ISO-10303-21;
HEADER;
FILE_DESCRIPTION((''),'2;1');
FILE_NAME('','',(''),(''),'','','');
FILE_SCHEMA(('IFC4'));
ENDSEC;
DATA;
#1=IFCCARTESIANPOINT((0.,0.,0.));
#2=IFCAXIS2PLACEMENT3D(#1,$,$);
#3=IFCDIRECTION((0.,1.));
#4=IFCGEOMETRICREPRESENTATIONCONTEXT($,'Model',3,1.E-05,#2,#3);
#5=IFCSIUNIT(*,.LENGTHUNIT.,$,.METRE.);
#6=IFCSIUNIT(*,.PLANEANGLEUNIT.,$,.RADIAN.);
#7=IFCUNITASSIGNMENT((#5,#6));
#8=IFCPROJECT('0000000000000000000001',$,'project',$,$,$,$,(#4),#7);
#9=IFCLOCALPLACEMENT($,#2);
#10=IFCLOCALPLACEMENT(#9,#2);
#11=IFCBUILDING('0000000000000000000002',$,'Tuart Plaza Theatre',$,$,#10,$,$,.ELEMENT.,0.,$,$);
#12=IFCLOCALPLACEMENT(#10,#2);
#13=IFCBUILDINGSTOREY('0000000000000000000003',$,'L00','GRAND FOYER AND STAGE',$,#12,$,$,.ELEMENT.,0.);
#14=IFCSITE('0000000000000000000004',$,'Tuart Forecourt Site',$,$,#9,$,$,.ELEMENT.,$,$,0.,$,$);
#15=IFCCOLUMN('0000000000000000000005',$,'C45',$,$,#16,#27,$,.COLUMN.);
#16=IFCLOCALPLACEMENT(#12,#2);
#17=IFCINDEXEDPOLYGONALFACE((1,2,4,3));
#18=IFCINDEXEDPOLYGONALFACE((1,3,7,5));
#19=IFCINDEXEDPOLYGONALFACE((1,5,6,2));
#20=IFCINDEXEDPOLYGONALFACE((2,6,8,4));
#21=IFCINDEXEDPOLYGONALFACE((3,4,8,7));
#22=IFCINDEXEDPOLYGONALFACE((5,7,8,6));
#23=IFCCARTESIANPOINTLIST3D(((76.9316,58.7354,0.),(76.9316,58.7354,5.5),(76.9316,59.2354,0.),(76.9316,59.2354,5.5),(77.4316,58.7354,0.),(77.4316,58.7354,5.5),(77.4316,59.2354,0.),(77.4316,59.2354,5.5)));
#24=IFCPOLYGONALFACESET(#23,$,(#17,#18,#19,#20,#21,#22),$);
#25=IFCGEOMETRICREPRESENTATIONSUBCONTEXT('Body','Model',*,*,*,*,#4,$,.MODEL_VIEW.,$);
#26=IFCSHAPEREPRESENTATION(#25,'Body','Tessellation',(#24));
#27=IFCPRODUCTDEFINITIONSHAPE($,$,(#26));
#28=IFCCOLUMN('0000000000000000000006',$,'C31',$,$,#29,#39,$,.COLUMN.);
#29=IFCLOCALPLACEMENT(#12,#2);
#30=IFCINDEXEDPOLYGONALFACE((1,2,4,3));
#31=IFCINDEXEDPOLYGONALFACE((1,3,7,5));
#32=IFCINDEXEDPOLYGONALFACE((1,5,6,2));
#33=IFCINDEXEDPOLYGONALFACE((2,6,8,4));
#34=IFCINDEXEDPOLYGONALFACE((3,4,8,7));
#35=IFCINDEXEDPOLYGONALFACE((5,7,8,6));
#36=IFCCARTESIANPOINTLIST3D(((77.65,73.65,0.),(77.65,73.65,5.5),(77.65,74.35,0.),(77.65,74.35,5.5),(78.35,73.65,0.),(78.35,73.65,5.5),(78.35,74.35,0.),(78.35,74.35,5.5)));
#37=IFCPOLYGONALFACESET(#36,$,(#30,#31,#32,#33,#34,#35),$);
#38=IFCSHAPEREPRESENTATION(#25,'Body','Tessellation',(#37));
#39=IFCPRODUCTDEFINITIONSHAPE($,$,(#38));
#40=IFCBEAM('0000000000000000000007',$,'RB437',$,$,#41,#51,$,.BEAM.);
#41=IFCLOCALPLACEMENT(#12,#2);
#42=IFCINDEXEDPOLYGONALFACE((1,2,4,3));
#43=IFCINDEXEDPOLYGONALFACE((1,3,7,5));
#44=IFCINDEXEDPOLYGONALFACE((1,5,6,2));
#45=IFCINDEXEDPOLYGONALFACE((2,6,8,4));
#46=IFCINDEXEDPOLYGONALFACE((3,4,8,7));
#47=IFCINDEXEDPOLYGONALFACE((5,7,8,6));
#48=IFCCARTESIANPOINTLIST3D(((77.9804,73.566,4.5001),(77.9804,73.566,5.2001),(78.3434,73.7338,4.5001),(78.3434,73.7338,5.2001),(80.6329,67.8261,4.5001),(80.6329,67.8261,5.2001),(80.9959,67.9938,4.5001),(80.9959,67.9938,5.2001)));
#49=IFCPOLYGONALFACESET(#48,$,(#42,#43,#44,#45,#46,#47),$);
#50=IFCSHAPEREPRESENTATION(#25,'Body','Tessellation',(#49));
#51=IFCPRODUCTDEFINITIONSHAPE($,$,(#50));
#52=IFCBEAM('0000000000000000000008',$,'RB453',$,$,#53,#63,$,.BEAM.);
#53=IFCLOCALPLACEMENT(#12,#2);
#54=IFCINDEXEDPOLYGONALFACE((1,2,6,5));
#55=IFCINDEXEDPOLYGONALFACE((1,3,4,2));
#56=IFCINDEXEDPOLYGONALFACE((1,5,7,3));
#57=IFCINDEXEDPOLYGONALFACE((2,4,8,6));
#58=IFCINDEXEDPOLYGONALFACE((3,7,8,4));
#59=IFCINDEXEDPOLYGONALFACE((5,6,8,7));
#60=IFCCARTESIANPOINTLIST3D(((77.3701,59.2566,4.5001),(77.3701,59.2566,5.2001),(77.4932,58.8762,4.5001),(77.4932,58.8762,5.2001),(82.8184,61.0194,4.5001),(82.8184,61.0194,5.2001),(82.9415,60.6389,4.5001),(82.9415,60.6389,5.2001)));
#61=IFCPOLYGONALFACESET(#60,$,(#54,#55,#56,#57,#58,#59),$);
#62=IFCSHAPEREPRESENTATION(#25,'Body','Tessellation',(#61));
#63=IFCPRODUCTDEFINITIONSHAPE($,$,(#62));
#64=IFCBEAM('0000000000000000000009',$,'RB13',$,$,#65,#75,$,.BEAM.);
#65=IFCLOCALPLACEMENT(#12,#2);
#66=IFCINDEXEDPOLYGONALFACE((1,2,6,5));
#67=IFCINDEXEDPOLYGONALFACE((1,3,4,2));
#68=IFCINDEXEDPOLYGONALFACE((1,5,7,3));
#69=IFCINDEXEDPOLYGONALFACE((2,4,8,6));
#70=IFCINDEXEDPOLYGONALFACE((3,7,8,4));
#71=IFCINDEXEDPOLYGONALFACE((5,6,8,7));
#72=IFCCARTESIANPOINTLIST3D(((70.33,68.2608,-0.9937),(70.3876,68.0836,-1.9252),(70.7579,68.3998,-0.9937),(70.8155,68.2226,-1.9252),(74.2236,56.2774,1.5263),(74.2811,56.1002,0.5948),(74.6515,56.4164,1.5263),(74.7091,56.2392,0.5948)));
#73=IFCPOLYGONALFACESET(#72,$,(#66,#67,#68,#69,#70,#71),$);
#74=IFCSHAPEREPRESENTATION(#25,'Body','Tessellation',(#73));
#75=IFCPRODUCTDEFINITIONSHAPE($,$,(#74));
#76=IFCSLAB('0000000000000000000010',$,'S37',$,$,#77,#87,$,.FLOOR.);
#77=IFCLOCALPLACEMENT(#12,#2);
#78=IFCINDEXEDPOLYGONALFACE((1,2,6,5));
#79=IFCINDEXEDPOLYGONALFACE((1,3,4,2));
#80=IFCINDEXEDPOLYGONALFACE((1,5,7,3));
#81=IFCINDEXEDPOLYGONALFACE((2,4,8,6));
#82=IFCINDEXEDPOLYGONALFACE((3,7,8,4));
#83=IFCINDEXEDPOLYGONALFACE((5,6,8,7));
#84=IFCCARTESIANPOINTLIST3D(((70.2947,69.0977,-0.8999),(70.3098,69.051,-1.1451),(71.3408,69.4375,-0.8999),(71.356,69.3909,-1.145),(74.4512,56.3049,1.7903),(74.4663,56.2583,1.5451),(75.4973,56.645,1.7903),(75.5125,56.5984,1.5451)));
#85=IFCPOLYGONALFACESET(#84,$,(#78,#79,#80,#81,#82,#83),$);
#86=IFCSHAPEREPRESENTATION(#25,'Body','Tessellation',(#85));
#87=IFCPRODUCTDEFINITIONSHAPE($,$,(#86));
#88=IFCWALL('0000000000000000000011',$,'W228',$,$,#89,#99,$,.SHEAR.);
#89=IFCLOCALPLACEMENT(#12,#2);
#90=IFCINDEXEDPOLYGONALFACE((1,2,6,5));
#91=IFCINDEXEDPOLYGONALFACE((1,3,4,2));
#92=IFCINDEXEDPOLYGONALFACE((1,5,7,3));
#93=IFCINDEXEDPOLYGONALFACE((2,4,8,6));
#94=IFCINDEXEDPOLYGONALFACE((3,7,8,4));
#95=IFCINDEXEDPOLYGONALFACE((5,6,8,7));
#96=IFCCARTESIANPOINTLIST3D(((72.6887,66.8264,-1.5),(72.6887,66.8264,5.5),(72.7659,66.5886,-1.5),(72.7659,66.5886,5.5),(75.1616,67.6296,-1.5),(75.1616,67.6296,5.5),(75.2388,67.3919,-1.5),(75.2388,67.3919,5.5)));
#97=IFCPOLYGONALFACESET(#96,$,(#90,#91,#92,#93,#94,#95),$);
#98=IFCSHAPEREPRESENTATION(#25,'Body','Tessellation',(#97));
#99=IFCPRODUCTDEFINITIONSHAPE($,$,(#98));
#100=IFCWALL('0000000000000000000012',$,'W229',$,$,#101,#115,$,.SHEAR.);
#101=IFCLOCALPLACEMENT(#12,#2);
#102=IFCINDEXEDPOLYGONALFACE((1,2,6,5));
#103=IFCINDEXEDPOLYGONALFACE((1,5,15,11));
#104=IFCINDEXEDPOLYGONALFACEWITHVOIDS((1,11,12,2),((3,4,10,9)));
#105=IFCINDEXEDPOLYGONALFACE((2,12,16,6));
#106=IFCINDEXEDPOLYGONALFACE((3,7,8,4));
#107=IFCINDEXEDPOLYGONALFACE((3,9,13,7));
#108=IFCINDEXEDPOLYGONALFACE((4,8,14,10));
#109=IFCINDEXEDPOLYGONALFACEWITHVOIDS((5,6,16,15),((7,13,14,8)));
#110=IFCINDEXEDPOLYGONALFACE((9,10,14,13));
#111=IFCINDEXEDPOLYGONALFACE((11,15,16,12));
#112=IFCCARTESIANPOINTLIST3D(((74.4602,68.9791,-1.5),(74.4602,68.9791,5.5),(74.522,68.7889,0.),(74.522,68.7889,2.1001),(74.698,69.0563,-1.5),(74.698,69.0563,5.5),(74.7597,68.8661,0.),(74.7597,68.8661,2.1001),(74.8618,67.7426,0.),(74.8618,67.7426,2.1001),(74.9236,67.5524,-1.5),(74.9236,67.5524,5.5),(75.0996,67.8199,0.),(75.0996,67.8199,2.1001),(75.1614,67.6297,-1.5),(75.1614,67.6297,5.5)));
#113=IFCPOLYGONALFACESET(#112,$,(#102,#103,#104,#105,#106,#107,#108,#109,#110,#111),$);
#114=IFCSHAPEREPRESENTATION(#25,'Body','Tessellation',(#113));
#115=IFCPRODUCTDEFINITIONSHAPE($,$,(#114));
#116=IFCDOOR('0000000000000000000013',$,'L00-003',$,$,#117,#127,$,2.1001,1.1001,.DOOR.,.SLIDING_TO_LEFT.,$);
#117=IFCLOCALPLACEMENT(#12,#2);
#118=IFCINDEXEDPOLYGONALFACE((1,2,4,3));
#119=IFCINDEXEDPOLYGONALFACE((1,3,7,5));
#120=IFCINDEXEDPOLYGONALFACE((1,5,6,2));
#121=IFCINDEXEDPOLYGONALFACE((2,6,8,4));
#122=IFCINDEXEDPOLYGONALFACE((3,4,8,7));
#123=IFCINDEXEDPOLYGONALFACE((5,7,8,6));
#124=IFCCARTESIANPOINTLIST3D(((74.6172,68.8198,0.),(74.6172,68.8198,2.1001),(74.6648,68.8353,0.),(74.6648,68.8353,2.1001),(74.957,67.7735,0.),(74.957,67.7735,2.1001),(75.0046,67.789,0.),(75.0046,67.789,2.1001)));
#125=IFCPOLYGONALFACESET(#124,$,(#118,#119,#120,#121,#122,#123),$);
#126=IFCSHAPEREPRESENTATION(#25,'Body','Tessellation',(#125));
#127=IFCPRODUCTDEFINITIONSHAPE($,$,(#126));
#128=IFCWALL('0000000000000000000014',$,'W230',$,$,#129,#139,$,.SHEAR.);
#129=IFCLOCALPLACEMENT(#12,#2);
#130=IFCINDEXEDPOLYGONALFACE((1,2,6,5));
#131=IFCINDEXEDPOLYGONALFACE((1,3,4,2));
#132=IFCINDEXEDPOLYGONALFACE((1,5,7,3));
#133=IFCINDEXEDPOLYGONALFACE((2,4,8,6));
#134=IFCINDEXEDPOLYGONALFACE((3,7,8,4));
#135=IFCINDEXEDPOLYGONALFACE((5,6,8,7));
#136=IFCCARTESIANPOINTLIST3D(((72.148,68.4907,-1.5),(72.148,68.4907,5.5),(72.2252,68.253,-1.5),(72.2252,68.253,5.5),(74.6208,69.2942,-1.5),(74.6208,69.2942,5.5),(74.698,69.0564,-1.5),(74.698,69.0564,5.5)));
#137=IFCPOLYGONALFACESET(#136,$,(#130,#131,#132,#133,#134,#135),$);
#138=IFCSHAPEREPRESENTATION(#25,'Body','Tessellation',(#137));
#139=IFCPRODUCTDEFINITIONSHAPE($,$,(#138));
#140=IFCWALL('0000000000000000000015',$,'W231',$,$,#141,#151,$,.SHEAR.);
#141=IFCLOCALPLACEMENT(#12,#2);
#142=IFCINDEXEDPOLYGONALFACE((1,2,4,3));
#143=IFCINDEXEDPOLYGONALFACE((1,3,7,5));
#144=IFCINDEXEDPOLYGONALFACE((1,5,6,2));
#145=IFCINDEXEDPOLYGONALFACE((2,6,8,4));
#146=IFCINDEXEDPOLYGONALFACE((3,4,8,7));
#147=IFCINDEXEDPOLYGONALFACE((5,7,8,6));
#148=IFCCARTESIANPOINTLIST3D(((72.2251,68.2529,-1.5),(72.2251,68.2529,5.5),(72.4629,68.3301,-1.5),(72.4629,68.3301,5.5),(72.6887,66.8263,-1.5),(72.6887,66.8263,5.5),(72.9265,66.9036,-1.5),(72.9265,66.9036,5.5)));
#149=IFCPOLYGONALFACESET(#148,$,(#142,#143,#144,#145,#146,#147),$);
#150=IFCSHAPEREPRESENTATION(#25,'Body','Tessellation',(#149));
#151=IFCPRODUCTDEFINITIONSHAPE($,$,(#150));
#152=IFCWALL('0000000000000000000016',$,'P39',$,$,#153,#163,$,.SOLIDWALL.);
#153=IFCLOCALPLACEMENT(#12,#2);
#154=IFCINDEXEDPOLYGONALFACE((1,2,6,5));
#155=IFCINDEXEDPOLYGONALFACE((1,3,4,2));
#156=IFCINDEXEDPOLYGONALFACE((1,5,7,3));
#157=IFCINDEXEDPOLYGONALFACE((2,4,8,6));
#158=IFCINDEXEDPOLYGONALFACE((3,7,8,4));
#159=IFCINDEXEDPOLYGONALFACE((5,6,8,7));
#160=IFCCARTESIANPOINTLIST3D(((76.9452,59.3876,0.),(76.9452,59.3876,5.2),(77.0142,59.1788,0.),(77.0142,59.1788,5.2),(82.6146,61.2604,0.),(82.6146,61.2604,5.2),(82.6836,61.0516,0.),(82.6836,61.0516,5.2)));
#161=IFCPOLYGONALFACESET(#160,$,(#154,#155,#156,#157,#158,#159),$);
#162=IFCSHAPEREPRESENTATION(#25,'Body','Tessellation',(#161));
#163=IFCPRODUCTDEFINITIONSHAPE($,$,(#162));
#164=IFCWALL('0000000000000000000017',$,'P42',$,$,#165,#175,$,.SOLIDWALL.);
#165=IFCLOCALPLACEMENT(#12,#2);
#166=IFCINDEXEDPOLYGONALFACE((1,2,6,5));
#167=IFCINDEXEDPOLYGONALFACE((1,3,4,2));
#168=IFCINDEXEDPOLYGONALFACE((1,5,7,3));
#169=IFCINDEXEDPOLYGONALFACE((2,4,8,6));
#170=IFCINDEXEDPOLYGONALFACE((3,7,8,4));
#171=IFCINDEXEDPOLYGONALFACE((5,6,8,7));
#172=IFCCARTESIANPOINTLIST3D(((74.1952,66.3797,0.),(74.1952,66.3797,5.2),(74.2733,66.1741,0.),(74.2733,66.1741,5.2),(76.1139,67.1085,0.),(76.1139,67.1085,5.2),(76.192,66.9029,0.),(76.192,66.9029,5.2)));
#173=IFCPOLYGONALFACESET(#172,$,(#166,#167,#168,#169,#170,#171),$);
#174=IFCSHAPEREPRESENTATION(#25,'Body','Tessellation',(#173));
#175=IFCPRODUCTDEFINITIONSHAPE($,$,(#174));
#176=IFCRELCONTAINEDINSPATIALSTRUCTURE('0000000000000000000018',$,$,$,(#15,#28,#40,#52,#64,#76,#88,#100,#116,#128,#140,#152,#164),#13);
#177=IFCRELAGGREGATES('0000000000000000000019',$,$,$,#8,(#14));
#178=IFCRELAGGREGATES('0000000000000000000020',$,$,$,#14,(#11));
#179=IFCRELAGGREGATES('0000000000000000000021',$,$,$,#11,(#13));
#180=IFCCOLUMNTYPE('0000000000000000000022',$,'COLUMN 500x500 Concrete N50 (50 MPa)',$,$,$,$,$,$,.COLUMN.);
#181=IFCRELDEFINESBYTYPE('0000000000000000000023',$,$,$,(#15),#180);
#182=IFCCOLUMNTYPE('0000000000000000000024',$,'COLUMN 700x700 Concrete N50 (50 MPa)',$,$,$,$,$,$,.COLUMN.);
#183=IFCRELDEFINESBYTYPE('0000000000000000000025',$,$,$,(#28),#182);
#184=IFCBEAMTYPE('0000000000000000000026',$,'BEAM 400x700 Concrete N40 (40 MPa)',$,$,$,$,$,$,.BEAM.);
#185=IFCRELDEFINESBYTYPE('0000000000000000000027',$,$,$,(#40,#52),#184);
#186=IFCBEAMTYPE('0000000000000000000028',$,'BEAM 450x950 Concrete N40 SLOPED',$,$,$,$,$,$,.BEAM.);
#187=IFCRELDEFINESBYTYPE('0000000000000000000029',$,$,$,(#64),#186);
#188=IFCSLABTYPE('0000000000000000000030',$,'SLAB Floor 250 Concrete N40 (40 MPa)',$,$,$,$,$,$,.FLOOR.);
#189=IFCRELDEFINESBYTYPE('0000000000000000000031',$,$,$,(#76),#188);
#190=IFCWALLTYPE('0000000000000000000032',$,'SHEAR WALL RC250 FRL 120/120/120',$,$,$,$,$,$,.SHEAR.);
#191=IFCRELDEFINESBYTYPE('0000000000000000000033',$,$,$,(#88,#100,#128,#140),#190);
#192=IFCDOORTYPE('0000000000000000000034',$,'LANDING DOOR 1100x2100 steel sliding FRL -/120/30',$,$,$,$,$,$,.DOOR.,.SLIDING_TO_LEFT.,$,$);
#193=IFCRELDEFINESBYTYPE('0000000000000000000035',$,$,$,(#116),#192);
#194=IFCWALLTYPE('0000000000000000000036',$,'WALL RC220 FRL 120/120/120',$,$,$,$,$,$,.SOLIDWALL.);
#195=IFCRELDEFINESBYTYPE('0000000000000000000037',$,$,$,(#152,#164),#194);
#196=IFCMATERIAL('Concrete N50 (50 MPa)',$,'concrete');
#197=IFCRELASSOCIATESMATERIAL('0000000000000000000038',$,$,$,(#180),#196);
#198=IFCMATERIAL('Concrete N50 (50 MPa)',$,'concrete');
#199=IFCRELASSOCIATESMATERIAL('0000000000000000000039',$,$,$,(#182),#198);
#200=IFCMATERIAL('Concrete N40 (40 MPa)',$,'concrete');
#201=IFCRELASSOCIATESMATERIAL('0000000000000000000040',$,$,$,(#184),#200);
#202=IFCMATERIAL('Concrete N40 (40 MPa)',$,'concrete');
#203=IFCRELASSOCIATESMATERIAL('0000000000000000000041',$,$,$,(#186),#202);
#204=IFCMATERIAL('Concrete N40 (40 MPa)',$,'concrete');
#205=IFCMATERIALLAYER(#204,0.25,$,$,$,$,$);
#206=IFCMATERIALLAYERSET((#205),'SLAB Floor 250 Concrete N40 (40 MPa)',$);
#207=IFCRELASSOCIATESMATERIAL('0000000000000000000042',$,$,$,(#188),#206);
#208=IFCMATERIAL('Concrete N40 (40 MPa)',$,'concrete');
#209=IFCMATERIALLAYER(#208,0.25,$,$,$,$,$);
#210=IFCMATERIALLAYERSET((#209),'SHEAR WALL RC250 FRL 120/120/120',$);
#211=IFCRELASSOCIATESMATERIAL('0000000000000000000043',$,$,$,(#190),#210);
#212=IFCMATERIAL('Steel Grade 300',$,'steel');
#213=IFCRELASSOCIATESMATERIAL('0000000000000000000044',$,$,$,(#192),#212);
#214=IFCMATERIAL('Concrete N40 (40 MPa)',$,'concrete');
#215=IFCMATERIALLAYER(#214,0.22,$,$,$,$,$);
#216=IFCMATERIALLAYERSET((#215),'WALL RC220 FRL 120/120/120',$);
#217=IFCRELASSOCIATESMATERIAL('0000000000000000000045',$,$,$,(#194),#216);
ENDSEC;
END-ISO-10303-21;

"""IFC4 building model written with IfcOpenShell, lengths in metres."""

from ifc_helpers import new_model, si_unit, direction, frame, frame_2d, origin, origin_2d, place, context, subcontext, project, spatial, polyline, rectangle, outline, extrude, material, layer, layer_set, material_profile, profile_set, type_object, element, fill, save


model = new_model("IFC4")

# Units and contexts
model_context = context("Model", 3, precision=1e-05, world=origin(), true_north=direction((0.0, 1.0)))
body_context = subcontext(model_context, "Body", "Model", "MODEL_VIEW")
ifc_project = project(units=[si_unit("LENGTHUNIT", "METRE"), si_unit("PLANEANGLEUNIT", "RADIAN")], contexts=[model_context])

# Site, building, storey
site_placement = place(None, origin())
site = spatial("IfcSite", under=ifc_project, at=site_placement, Name="Tuart Forecourt Site", CompositionType="ELEMENT", RefElevation=0.0)
building_placement = place(site_placement, origin())
building = spatial("IfcBuilding", under=site, at=building_placement, Name="Tuart Plaza Theatre", CompositionType="ELEMENT", ElevationOfRefHeight=0.0)
storey_placement = place(building_placement, origin())
storey = spatial("IfcBuildingStorey", under=building, at=storey_placement, Name="L00", Description="GRAND FOYER AND STAGE", CompositionType="ELEMENT", Elevation=0.0)

# Columns
ifc_material_1 = material(Name="Concrete N50 (50 MPa)", Category="concrete")
ifc_material_profile_1 = material_profile(ifc_material_1, rectangle(XDim=0.5, YDim=0.5, at=origin_2d()), Name="COLUMN 500x500 Concrete N50 (50 MPa)")
ifc_profile_set_1 = profile_set([ifc_material_profile_1], Name="Concrete N50 (50 MPa)")
column_type_1 = type_object("IfcColumnType", Name="COLUMN 500x500 Concrete N50 (50 MPa)", PredefinedType="COLUMN", material=ifc_profile_set_1)
column_1_placement = place(storey_placement, frame((77.1816, 58.9854, 0.0), z_axis=(0.0, 0.0, 1.0), x_axis=(1.0, 0.0, 0.0)))
element("IfcColumn", 1, at=column_1_placement, inside=storey, type_object=column_type_1, Name="C45", PredefinedType="COLUMN", context=body_context, shape_type="SweptSolid", body=[
    extrude(rectangle(XDim=0.5, YDim=0.5, at=origin_2d()), origin(), (0.0, 0.0, 1.0), 5.5),
])
ifc_material_2 = material(Name="Concrete N50 (50 MPa)", Category="concrete")
ifc_material_profile_2 = material_profile(ifc_material_2, rectangle(XDim=0.7, YDim=0.7, at=origin_2d()), Name="COLUMN 700x700 Concrete N50 (50 MPa)")
ifc_profile_set_2 = profile_set([ifc_material_profile_2], Name="Concrete N50 (50 MPa)")
column_type_2 = type_object("IfcColumnType", Name="COLUMN 700x700 Concrete N50 (50 MPa)", PredefinedType="COLUMN", material=ifc_profile_set_2)
column_2_placement = place(storey_placement, frame((78.0, 74.0, 0.0), z_axis=(0.0, 0.0, 1.0), x_axis=(1.0, 0.0, 0.0)))
element("IfcColumn", 2, at=column_2_placement, inside=storey, type_object=column_type_2, Name="C31", PredefinedType="COLUMN", context=body_context, shape_type="SweptSolid", body=[
    extrude(rectangle(XDim=0.7, YDim=0.7, at=origin_2d()), origin(), (0.0, 0.0, 1.0), 5.5),
])

# Beams
ifc_material_3 = material(Name="Concrete N40 (40 MPa)", Category="concrete")
ifc_material_profile_3 = material_profile(ifc_material_3, rectangle(XDim=0.3999, YDim=0.7, at=origin_2d()), Name="BEAM 400x700 Concrete N40 (40 MPa)")
ifc_profile_set_3 = profile_set([ifc_material_profile_3], Name="Concrete N40 (40 MPa)")
beam_type_1 = type_object("IfcBeamType", Name="BEAM 400x700 Concrete N40 (40 MPa)", PredefinedType="BEAM", material=ifc_profile_set_3)
beam_1_placement = place(storey_placement, frame((78.1619, 73.6499, 4.8501), z_axis=(0.419496, -0.907757, 0.0), x_axis=(0.907757, 0.419496, 0.0)))
element("IfcBeam", 3, at=beam_1_placement, inside=storey, type_object=beam_type_1, Name="RB437", PredefinedType="BEAM", context=body_context, shape_type="SweptSolid", body=[
    extrude(rectangle(XDim=0.3999, YDim=0.7, at=origin_2d()), origin(), (0.0, 0.0, 1.0), 6.3232),
])
beam_2_placement = place(storey_placement, frame((77.4316, 59.0664, 4.8501), z_axis=(0.951443, 0.307825, 0.0), x_axis=(-0.307825, 0.951443, 0.0)))
element("IfcBeam", 4, at=beam_2_placement, inside=storey, type_object=beam_type_1, Name="RB453", PredefinedType="BEAM", context=body_context, shape_type="SweptSolid", body=[
    extrude(rectangle(XDim=0.3999, YDim=0.7, at=origin_2d()), origin(), (0.0, 0.0, 1.0), 5.7263),
])
ifc_material_4 = material(Name="Concrete N40 (40 MPa)", Category="concrete")
ifc_material_profile_4 = material_profile(ifc_material_4, rectangle(XDim=0.45, YDim=0.95, at=origin_2d()), Name="BEAM 450x950 Concrete N40 SLOPED")
ifc_profile_set_4 = profile_set([ifc_material_profile_4], Name="Concrete N40 (40 MPa)")
beam_type_2 = type_object("IfcBeamType", Name="BEAM 450x950 Concrete N40 SLOPED", PredefinedType="BEAM", material=ifc_profile_set_4)
beam_3_placement = place(storey_placement, frame((74.4663, 56.2583, 1.0605), z_axis=(-0.30301, 0.93259, -0.196117), x_axis=(-0.951059, -0.309011, 0.0)))
element("IfcBeam", 5, at=beam_3_placement, inside=storey, type_object=beam_type_2, Name="RB13", PredefinedType="BEAM", context=body_context, shape_type="SweptSolid", body=[
    extrude(rectangle(XDim=0.45, YDim=0.95, at=origin_2d()), origin(), (0.0, 0.0, 1.0), 12.8496),
])

# Slab
ifc_material_5 = material(Name="Concrete N40 (40 MPa)", Category="concrete")
ifc_layer_1 = layer(ifc_material_5, 0.25)
ifc_layer_set_1 = layer_set([ifc_layer_1], Name="SLAB Floor 250 Concrete N40 (40 MPa)")
slab_type = type_object("IfcSlabType", Name="SLAB Floor 250 Concrete N40 (40 MPa)", PredefinedType="FLOOR", material=ifc_layer_set_1)
slab_placement = place(storey_placement, frame((74.4512, 56.3049, 1.7903), z_axis=(-0.060612, 0.186515, 0.980581), x_axis=(0.951011, 0.309157, -0.00002)))
element("IfcSlab", 6, at=slab_placement, inside=storey, type_object=slab_type, Name="S37", PredefinedType="FLOOR", context=body_context, shape_type="SweptSolid", body=[
    extrude(outline(polyline([(0.0, 0.0), (1.1, 0.0), (1.1021, 13.7172), (0.0022, 13.7174), (0.0, 0.0)])), origin(), (0.0, 0.0, -1.0), 0.25),
])

# Wall
ifc_material_6 = material(Name="Concrete N40 (40 MPa)", Category="concrete")
ifc_layer_2 = layer(ifc_material_6, 0.25)
ifc_layer_set_2 = layer_set([ifc_layer_2], Name="SHEAR WALL RC250 FRL 120/120/120")
wall_type_1 = type_object("IfcWallType", Name="SHEAR WALL RC250 FRL 120/120/120", PredefinedType="SHEAR", material=ifc_layer_set_2)
wall_1_placement = place(storey_placement, frame((72.7273, 66.7075, -1.5), z_axis=(0.0, 0.0, 1.0), x_axis=(0.951087, 0.308923, 0.0)))
element("IfcWall", 7, at=wall_1_placement, inside=storey, type_object=wall_type_1, Name="W228", PredefinedType="SHEAR", context=body_context, shape_type="SweptSolid", body=[
    extrude(rectangle(XDim=2.6001, YDim=0.25, at=frame_2d((1.3, 0.0))), origin(), (0.0, 0.0, 1.0), 7.0),
])

# Wall, opening, door
wall_2_placement = place(storey_placement, frame((75.0425, 67.5911, -1.5), z_axis=(0.0, 0.0, 1.0), x_axis=(-0.308943, 0.951081, 0.0)))
wall_2 = element("IfcWall", 8, at=wall_2_placement, inside=storey, type_object=wall_type_1, Name="W229", PredefinedType="SHEAR", context=body_context, shape_type="SweptSolid", body=[
    extrude(rectangle(XDim=1.5, YDim=0.25, at=frame_2d((0.75, 0.0))), origin(), (0.0, 0.0, 1.0), 7.0),
])
opening_1_placement = place(wall_2_placement, frame((0.2, 0.0, 1.5)))
opening_1 = element("IfcOpeningElement", 9, at=opening_1_placement, cuts=wall_2, PredefinedType="OPENING", context=body_context, shape_type="SweptSolid", body=[
    extrude(rectangle(XDim=1.1001, YDim=2.1001, at=frame_2d((0.55, 1.05))), frame((0.0, 0.135, 0.0), z_axis=(0.0, -1.0, 0.0), x_axis=(1.0, 0.0, 0.0)), (0.0, 0.0, 1.0), 0.27),
])
ifc_material_7 = material(Name="Steel Grade 300", Category="steel")
door_type_1 = type_object("IfcDoorType", Name="LANDING DOOR 1100x2100 steel sliding FRL -/120/30", OperationType="SLIDING_TO_LEFT", PredefinedType="DOOR", material=ifc_material_7)
door_1_placement = place(opening_1_placement, origin())
door_1 = element("IfcDoor", 10, at=door_1_placement, inside=storey, type_object=door_type_1, Name="L00-003", OperationType="SLIDING_TO_LEFT", OverallHeight=2.1001, OverallWidth=1.1001, PredefinedType="DOOR", context=body_context, shape_type="SweptSolid", body=[
    extrude(rectangle(XDim=1.1001, YDim=2.1001, at=frame_2d((0.55, 1.05))), frame((0.0, 0.0249, 0.0), z_axis=(0.0, -1.0, 0.0), x_axis=(1.0, 0.0, 0.0)), (0.0, 0.0, 1.0), 0.05),
])
fill(opening_1, door_1)

# Walls
wall_3_placement = place(storey_placement, frame((74.6594, 69.1753, -1.5), z_axis=(0.0, 0.0, 1.0), x_axis=(-0.95106, -0.309008, 0.0)))
element("IfcWall", 11, at=wall_3_placement, inside=storey, type_object=wall_type_1, Name="W230", PredefinedType="SHEAR", context=body_context, shape_type="SweptSolid", body=[
    extrude(rectangle(XDim=2.6001, YDim=0.25, at=frame_2d((1.3, 0.0))), origin(), (0.0, 0.0, 1.0), 7.0),
])
wall_4_placement = place(storey_placement, frame((72.344, 68.2915, -1.5), z_axis=(0.0, 0.0, 1.0), x_axis=(0.30909, -0.951033, 0.0)))
element("IfcWall", 12, at=wall_4_placement, inside=storey, type_object=wall_type_1, Name="W231", PredefinedType="SHEAR", context=body_context, shape_type="SweptSolid", body=[
    extrude(rectangle(XDim=1.5, YDim=0.25, at=frame_2d((0.75, 0.0))), origin(), (0.0, 0.0, 1.0), 7.0),
])
ifc_material_8 = material(Name="Concrete N40 (40 MPa)", Category="concrete")
ifc_layer_3 = layer(ifc_material_8, 0.22)
ifc_layer_set_3 = layer_set([ifc_layer_3], Name="WALL RC220 FRL 120/120/120")
wall_type_2 = type_object("IfcWallType", Name="WALL RC220 FRL 120/120/120", PredefinedType="SOLIDWALL", material=ifc_layer_set_3)
wall_5_placement = place(storey_placement, frame((76.9797, 59.2832, 0.0), z_axis=(0.0, 0.0, 1.0), x_axis=(0.949534, 0.313663, 0.0)))
element("IfcWall", 13, at=wall_5_placement, inside=storey, type_object=wall_type_2, Name="P39", PredefinedType="SOLIDWALL", context=body_context, shape_type="SweptSolid", body=[
    extrude(rectangle(XDim=5.9707, YDim=0.22, at=frame_2d((2.9854, 0.0))), origin(), (0.0, 0.0, 1.0), 5.2),
])
wall_6_placement = place(storey_placement, frame((74.2341, 66.2769, 0.0), z_axis=(0.0, 0.0, 1.0), x_axis=(0.93484, 0.35507, 0.0)))
element("IfcWall", 14, at=wall_6_placement, inside=storey, type_object=wall_type_2, Name="P42", PredefinedType="SOLIDWALL", context=body_context, shape_type="SweptSolid", body=[
    extrude(rectangle(XDim=2.0525, YDim=0.22, at=frame_2d((1.0264, 0.0))), origin(), (0.0, 0.0, 1.0), 5.2),
])

save(model, "model.ifc")
